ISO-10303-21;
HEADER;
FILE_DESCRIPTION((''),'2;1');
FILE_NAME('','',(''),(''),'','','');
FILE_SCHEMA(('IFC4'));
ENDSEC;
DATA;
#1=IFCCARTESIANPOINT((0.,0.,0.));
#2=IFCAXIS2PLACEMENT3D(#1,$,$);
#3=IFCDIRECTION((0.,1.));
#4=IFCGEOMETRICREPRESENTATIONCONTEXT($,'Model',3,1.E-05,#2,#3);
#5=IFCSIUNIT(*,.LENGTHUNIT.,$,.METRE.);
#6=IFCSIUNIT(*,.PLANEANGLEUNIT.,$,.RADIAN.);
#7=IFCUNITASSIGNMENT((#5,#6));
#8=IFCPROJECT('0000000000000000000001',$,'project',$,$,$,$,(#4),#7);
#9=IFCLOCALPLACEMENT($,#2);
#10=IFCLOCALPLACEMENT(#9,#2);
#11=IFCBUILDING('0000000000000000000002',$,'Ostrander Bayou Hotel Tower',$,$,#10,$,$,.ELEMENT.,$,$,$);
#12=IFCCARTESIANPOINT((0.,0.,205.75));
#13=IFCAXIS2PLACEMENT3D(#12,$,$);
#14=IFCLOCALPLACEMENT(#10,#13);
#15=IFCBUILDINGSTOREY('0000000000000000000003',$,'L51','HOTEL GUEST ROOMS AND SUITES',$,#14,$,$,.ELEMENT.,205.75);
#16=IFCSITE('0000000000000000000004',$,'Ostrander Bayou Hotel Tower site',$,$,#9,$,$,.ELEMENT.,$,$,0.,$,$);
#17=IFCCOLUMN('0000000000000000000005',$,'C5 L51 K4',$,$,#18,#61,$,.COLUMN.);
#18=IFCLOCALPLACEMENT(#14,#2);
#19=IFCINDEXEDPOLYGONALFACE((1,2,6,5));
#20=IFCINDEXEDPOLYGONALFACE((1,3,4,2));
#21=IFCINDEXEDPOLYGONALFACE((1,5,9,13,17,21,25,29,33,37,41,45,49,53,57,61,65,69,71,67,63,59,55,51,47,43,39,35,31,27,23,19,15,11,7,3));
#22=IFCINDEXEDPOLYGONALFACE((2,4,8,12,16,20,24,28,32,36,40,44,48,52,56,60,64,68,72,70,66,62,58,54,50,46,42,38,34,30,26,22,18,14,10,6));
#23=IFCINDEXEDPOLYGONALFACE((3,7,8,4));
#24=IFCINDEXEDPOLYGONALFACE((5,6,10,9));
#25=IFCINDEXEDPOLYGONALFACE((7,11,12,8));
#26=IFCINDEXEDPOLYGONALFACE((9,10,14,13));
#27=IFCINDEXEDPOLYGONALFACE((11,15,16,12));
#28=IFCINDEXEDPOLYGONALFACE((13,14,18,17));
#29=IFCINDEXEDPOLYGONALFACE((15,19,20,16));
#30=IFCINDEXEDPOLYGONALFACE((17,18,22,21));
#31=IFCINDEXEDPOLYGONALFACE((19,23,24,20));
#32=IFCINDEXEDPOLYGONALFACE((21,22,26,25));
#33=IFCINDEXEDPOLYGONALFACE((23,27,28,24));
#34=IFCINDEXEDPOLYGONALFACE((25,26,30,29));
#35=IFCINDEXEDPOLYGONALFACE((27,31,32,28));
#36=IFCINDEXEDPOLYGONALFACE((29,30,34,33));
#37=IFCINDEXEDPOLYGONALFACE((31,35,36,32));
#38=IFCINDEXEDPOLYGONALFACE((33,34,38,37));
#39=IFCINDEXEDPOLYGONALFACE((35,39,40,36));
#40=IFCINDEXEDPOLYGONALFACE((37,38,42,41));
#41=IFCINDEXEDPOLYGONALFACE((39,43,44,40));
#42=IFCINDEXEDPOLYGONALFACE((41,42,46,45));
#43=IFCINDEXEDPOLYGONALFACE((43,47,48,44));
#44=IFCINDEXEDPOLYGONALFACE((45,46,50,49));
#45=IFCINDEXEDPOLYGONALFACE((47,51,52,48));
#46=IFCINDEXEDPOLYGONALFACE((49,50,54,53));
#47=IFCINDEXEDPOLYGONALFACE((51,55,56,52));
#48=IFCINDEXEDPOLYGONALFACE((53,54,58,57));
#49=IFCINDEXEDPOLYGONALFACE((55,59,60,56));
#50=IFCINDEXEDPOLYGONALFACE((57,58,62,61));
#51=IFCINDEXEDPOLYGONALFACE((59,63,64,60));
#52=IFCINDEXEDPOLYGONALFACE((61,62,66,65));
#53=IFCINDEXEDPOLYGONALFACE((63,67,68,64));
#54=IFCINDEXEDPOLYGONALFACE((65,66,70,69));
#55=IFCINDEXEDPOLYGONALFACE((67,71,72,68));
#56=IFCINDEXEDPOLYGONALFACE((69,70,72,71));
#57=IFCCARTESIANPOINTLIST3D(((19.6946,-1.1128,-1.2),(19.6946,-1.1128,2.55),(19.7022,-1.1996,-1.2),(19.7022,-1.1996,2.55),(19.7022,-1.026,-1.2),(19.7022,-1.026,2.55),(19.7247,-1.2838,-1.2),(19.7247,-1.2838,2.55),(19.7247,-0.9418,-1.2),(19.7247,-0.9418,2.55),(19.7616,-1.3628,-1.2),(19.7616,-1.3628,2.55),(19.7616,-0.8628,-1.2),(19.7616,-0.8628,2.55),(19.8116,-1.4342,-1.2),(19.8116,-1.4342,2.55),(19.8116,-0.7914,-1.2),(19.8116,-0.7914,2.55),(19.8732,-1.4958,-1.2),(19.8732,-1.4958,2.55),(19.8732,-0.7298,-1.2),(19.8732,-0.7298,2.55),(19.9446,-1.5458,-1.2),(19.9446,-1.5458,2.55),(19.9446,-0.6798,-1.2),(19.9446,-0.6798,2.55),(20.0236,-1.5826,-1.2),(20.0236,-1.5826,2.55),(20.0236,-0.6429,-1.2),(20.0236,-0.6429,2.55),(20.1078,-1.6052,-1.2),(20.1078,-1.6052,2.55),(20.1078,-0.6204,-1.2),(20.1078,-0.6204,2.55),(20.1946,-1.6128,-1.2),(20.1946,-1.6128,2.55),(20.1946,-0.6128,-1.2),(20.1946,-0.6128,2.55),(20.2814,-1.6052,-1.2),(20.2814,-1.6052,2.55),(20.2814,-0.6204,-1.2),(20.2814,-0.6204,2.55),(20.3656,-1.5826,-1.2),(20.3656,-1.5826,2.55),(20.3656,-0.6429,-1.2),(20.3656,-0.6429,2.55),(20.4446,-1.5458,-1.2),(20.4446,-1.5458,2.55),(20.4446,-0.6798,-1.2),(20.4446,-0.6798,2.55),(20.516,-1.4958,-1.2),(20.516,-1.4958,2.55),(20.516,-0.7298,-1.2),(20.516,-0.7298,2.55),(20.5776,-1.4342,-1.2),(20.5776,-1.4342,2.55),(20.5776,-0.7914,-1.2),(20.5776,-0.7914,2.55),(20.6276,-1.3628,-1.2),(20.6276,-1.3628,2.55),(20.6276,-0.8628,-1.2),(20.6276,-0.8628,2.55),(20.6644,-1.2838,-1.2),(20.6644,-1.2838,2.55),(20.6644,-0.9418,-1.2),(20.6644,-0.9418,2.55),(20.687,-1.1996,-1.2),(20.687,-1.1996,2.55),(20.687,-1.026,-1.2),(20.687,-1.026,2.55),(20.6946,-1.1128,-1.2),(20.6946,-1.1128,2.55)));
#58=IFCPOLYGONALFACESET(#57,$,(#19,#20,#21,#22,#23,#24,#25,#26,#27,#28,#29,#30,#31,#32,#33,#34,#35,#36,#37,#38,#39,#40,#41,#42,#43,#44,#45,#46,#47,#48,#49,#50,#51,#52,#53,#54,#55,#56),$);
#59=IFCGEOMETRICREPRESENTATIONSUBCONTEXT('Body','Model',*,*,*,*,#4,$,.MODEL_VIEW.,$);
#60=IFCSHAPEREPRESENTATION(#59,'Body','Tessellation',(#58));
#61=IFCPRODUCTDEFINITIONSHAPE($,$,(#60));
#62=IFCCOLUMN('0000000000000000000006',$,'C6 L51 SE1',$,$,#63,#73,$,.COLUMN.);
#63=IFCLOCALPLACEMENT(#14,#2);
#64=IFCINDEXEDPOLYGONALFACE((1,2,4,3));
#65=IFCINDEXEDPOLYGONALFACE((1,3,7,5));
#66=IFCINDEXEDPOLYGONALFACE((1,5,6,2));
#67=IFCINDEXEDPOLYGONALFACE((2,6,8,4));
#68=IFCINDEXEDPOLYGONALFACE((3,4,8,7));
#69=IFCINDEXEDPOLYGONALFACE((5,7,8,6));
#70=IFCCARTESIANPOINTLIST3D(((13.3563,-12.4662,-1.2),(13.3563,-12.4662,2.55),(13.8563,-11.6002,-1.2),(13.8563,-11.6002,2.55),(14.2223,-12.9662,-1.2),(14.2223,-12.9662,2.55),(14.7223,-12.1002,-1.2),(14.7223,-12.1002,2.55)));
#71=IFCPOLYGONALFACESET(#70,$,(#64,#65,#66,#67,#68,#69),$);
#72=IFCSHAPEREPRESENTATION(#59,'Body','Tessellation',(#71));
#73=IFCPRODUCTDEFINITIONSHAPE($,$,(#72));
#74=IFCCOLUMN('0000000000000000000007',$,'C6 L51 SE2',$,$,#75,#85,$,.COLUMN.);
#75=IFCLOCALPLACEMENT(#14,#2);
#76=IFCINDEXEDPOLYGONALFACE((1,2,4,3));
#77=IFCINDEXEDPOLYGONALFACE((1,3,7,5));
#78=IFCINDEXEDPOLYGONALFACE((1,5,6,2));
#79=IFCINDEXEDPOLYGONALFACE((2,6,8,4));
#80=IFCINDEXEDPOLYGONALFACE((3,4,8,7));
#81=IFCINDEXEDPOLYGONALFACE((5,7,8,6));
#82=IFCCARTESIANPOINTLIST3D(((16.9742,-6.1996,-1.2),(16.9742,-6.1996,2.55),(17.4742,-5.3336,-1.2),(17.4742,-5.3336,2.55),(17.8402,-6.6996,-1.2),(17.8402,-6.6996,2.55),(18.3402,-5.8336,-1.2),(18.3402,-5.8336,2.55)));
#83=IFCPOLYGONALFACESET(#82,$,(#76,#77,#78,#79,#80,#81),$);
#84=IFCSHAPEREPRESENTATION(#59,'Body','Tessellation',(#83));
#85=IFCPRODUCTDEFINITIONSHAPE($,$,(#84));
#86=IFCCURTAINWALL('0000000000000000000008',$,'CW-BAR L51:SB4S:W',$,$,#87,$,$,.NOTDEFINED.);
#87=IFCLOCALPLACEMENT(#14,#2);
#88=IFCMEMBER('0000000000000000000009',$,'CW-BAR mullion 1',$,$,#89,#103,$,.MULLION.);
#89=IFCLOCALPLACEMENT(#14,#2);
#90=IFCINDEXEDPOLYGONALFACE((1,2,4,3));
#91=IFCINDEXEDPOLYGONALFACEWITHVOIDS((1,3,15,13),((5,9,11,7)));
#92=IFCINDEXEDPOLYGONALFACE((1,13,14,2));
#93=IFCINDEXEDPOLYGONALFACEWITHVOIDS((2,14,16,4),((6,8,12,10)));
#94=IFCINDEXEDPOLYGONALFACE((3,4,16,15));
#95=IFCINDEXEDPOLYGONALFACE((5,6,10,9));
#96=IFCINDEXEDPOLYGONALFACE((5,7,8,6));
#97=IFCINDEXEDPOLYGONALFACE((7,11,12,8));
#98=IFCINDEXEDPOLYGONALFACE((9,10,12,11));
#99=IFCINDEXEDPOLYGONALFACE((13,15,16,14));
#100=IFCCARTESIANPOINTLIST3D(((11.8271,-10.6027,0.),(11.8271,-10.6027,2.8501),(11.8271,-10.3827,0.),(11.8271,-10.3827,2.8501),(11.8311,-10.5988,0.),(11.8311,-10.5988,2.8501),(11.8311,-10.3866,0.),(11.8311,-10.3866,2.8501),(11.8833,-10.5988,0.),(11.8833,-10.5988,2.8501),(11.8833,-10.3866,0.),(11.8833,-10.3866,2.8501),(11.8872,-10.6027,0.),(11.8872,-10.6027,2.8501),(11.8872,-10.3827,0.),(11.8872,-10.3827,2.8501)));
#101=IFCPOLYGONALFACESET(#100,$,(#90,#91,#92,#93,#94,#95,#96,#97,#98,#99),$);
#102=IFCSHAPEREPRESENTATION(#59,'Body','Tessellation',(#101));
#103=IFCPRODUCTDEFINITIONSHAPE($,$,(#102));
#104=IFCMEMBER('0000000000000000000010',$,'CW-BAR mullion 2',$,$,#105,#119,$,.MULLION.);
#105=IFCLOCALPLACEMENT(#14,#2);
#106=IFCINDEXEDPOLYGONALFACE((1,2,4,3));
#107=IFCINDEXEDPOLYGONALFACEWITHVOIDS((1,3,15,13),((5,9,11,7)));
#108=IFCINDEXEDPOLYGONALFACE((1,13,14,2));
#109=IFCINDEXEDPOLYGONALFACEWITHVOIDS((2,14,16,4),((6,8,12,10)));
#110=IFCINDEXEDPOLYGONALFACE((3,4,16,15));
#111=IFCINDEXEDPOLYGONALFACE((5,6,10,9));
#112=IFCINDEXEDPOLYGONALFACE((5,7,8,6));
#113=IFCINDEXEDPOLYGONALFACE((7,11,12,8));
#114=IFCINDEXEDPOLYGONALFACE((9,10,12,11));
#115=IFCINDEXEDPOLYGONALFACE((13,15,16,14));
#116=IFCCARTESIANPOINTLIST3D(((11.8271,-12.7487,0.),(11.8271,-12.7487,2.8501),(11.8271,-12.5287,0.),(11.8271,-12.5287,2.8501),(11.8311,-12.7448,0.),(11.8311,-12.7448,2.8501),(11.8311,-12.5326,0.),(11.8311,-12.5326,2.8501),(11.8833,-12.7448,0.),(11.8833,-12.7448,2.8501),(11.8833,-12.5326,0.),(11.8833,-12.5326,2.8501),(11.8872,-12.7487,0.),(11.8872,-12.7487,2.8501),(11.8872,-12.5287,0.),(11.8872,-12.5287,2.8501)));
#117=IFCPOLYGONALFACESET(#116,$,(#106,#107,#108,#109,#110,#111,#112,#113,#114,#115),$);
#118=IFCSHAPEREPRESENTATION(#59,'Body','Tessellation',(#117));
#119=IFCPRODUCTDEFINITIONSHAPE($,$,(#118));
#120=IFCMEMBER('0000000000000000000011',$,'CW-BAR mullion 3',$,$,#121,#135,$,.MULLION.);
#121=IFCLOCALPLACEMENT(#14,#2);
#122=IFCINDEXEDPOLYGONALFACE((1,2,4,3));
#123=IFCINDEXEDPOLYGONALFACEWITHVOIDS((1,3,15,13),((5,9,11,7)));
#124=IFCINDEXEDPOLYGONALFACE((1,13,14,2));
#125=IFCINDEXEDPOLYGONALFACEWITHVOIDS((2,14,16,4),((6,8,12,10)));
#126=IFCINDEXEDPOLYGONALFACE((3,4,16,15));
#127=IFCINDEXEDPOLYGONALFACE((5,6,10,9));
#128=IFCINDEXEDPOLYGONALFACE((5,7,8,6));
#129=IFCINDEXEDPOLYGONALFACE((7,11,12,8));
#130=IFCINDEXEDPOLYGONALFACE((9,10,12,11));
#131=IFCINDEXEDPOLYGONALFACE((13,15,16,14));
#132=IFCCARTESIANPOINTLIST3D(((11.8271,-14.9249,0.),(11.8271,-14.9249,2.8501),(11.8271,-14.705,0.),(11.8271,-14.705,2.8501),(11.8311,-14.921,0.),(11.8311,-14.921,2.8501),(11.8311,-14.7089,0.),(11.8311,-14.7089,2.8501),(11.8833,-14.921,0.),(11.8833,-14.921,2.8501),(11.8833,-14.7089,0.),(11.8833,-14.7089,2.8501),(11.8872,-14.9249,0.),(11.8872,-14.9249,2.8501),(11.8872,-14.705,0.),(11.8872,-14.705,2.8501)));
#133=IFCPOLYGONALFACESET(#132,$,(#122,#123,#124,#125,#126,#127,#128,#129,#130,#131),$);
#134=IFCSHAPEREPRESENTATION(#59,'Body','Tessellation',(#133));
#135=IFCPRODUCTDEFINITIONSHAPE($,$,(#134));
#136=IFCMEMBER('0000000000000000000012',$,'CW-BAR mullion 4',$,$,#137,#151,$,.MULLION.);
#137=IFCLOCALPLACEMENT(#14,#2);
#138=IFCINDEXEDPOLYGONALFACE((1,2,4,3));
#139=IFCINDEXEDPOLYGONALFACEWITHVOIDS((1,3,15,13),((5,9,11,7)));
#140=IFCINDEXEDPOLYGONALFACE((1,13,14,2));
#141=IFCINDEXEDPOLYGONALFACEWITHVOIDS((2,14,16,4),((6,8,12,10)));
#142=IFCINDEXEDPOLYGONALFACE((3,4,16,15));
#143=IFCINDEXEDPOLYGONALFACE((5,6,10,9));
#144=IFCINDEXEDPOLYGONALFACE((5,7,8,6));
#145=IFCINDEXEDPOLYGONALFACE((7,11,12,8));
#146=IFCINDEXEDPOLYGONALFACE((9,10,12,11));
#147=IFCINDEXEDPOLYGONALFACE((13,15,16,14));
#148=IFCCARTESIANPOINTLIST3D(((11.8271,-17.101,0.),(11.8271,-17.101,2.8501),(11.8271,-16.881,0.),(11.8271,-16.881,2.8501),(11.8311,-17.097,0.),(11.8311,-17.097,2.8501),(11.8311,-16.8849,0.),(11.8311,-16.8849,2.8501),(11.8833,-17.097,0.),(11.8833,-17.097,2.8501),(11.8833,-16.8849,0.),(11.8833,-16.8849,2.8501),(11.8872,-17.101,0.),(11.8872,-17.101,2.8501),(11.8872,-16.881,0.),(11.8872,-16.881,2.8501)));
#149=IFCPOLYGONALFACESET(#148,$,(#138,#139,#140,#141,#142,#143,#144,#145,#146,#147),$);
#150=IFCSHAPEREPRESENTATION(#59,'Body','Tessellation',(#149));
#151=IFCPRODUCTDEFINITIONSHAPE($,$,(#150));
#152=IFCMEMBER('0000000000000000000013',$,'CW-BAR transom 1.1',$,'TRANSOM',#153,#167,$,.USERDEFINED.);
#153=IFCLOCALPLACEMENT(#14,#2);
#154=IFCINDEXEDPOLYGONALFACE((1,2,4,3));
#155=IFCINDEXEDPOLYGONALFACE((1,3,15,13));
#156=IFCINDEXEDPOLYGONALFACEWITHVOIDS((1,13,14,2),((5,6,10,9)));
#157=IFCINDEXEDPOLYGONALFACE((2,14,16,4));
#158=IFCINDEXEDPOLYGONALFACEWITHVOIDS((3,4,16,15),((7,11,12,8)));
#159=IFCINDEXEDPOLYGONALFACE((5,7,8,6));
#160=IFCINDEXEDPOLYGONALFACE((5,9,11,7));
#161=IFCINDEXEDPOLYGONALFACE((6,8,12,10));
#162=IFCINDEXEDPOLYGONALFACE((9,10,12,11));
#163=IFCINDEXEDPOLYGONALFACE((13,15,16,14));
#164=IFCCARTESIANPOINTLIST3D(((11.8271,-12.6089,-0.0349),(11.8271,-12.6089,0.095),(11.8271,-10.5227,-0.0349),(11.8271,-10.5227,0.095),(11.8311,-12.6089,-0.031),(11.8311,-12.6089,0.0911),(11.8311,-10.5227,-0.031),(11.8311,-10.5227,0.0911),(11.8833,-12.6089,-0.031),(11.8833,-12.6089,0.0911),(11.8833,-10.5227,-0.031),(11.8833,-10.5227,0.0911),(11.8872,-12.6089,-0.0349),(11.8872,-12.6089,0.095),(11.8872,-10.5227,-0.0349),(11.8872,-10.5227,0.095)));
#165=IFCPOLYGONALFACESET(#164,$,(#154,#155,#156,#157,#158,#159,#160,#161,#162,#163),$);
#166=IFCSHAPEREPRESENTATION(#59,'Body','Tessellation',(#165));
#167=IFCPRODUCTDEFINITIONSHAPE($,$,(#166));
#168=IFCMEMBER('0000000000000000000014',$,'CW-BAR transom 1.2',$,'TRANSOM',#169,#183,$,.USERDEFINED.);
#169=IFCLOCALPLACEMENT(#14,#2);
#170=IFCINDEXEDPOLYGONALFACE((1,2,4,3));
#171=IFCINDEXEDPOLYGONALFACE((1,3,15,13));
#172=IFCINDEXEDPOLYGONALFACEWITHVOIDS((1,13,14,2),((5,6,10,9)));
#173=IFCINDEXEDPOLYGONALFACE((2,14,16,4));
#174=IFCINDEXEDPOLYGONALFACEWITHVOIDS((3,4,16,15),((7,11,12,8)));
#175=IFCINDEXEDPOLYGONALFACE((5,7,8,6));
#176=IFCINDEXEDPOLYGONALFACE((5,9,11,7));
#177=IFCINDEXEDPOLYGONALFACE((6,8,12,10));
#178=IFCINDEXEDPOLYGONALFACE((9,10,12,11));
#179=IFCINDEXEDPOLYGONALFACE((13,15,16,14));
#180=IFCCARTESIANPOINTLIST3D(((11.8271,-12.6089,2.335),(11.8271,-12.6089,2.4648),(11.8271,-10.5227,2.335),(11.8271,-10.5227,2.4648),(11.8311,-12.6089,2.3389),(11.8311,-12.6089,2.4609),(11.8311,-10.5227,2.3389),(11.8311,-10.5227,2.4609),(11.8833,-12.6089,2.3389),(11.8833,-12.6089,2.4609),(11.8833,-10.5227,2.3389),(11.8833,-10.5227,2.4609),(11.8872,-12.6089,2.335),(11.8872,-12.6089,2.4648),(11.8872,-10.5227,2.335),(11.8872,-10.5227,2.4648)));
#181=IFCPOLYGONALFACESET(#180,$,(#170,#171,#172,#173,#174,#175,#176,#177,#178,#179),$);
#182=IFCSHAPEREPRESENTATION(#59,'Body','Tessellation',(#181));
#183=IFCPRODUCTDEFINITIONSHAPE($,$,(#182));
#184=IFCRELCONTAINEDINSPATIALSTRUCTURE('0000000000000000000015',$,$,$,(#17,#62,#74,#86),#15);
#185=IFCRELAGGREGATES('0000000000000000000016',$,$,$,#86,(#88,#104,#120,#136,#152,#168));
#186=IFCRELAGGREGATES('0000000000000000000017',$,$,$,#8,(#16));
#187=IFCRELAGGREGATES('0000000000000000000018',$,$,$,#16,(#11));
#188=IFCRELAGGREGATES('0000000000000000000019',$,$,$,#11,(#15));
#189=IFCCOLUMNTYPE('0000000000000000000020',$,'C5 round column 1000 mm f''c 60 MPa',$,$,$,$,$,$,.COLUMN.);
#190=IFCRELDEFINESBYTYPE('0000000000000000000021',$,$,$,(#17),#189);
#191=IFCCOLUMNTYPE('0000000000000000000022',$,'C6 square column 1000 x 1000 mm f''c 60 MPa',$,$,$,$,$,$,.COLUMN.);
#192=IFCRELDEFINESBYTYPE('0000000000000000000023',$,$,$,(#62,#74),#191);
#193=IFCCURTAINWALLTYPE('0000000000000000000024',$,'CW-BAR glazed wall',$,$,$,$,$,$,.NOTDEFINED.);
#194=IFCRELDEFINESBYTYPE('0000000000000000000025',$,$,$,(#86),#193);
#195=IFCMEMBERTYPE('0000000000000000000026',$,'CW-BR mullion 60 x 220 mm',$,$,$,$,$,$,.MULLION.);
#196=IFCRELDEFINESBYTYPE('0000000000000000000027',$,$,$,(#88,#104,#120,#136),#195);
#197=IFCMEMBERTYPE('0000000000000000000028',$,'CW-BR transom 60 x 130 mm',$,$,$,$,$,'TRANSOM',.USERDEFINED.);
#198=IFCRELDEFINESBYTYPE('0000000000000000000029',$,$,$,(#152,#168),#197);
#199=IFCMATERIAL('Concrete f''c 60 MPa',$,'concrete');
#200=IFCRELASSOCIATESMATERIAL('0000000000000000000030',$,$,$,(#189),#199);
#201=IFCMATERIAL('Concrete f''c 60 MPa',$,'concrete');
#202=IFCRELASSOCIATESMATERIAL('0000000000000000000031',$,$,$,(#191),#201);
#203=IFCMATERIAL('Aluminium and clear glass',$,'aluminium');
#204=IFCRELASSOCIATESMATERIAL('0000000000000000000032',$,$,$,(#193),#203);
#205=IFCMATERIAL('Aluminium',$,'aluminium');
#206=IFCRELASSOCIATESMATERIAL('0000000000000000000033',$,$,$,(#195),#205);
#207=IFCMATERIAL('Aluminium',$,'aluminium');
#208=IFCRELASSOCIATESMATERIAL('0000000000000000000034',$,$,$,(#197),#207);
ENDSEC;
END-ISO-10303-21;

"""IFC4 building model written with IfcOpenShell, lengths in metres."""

from ifc_helpers import new_model, si_unit, direction, frame, origin, origin_2d, place, context, subcontext, project, spatial, rectangle, hollow_rectangle, circle, extrude, material, material_profile, profile_set, type_object, element, aggregate, save


model = new_model("IFC4")

# Units and contexts
model_context = context("Model", 3, precision=1e-05, world=origin(), true_north=direction((0.0, 1.0)))
body_context = subcontext(model_context, "Body", "Model", "MODEL_VIEW")
ifc_project = project(units=[si_unit("LENGTHUNIT", "METRE"), si_unit("PLANEANGLEUNIT", "RADIAN")], contexts=[model_context])

# Site, building, storey
site_placement = place(None, origin())
site = spatial("IfcSite", under=ifc_project, at=site_placement, Name="Ostrander Bayou Hotel Tower site", CompositionType="ELEMENT", RefElevation=0.0)
building_placement = place(site_placement, origin())
building = spatial("IfcBuilding", under=site, at=building_placement, Name="Ostrander Bayou Hotel Tower", CompositionType="ELEMENT")
storey_placement = place(building_placement, frame((0.0, 0.0, 205.75)))
storey = spatial("IfcBuildingStorey", under=building, at=storey_placement, Name="L51", Description="HOTEL GUEST ROOMS AND SUITES", CompositionType="ELEMENT", Elevation=205.75)

# Columns
ifc_material_1 = material(Name="Concrete f'c 60 MPa", Category="concrete")
ifc_material_profile_1 = material_profile(ifc_material_1, circle(Radius=0.5, at=origin_2d()))
ifc_profile_set_1 = profile_set([ifc_material_profile_1], Name="Concrete f'c 60 MPa")
column_type_1 = type_object("IfcColumnType", Name="C5 round column 1000 mm f'c 60 MPa", PredefinedType="COLUMN", material=ifc_profile_set_1)
column_placement = place(storey_placement, frame((20.1946, -1.1128, -1.2), z_axis=(0.0, 0.0, 1.0), x_axis=(1.0, 0.0, 0.0)))
element("IfcColumn", 1, at=column_placement, inside=storey, type_object=column_type_1, Name="C5 L51 K4", PredefinedType="COLUMN", context=body_context, shape_type="SweptSolid", body=[
    extrude(circle(Radius=0.5, at=origin_2d()), origin(), (0.0, 0.0, 1.0), 3.75),
])
ifc_material_2 = material(Name="Concrete f'c 60 MPa", Category="concrete")
ifc_material_profile_2 = material_profile(ifc_material_2, rectangle(XDim=1.0, YDim=1.0, at=origin_2d()))
ifc_profile_set_2 = profile_set([ifc_material_profile_2], Name="Concrete f'c 60 MPa")
column_type_2 = type_object("IfcColumnType", Name="C6 square column 1000 x 1000 mm f'c 60 MPa", PredefinedType="COLUMN", material=ifc_profile_set_2)
for number, where, z_axis, x_axis, name in (
    (2, (14.0393, -12.2832, -1.2), (0.0, 0.0, 1.0), (-0.5, -0.866025, 0.0), "C6 L51 SE1"),
    (3, (17.6572, -6.0166, -1.2), (0.0, 0.0, 1.0), (-0.5, -0.866025, 0.0), "C6 L51 SE2"),
):
    element("IfcColumn", number, at=place(storey_placement, frame(where, z_axis=z_axis, x_axis=x_axis)), inside=storey, type_object=column_type_2, Name=name, PredefinedType="COLUMN", context=body_context, shape_type="SweptSolid", body=[
        extrude(rectangle(XDim=1.0, YDim=1.0, at=origin_2d()), origin(), (0.0, 0.0, 1.0), 3.75),
    ])

# Curtain wall, members
ifc_material_3 = material(Name="Aluminium and clear glass", Category="aluminium")
curtain_wall_type = type_object("IfcCurtainWallType", Name="CW-BAR glazed wall", PredefinedType="NOTDEFINED", material=ifc_material_3)
curtain_wall_placement = place(storey_placement, origin())
curtain_wall = element("IfcCurtainWall", 4, at=curtain_wall_placement, inside=storey, type_object=curtain_wall_type, Name="CW-BAR L51:SB4S:W", PredefinedType="NOTDEFINED")
ifc_material_4 = material(Name="Aluminium", Category="aluminium")
ifc_material_profile_3 = material_profile(ifc_material_4, hollow_rectangle(XDim=0.0601, YDim=0.22, WallThickness=0.0039, at=origin_2d()))
ifc_profile_set_3 = profile_set([ifc_material_profile_3], Name="Aluminium")
member_type_1 = type_object("IfcMemberType", Name="CW-BR mullion 60 x 220 mm", PredefinedType="MULLION", material=ifc_profile_set_3)
member_1_placement = place(storey_placement, frame((11.8572, -10.4927, 0.0), z_axis=(0.0, 0.0, 1.0), x_axis=(1.0, 0.0, 0.0)))
member_1 = element("IfcMember", 5, at=member_1_placement, type_object=member_type_1, Name="CW-BAR mullion 1", PredefinedType="MULLION", context=body_context, shape_type="SweptSolid", body=[
    extrude(hollow_rectangle(XDim=0.0601, YDim=0.22, WallThickness=0.0039, at=origin_2d()), origin(), (0.0, 0.0, 1.0), 2.8501),
])
member_2_placement = place(storey_placement, frame((11.8572, -12.6387, 0.0), z_axis=(0.0, 0.0, 1.0), x_axis=(1.0, 0.0, 0.0)))
member_2 = element("IfcMember", 6, at=member_2_placement, type_object=member_type_1, Name="CW-BAR mullion 2", PredefinedType="MULLION", context=body_context, shape_type="SweptSolid", body=[
    extrude(hollow_rectangle(XDim=0.0601, YDim=0.22, WallThickness=0.0039, at=origin_2d()), origin(), (0.0, 0.0, 1.0), 2.8501),
])
member_3_placement = place(storey_placement, frame((11.8572, -14.8149, 0.0), z_axis=(0.0, 0.0, 1.0), x_axis=(1.0, 0.0, 0.0)))
member_3 = element("IfcMember", 7, at=member_3_placement, type_object=member_type_1, Name="CW-BAR mullion 3", PredefinedType="MULLION", context=body_context, shape_type="SweptSolid", body=[
    extrude(hollow_rectangle(XDim=0.0601, YDim=0.22, WallThickness=0.0039, at=origin_2d()), origin(), (0.0, 0.0, 1.0), 2.8501),
])
member_4_placement = place(storey_placement, frame((11.8572, -16.991, 0.0), z_axis=(0.0, 0.0, 1.0), x_axis=(1.0, 0.0, 0.0)))
member_4 = element("IfcMember", 8, at=member_4_placement, type_object=member_type_1, Name="CW-BAR mullion 4", PredefinedType="MULLION", context=body_context, shape_type="SweptSolid", body=[
    extrude(hollow_rectangle(XDim=0.0601, YDim=0.22, WallThickness=0.0039, at=origin_2d()), origin(), (0.0, 0.0, 1.0), 2.8501),
])
ifc_material_5 = material(Name="Aluminium", Category="aluminium")
ifc_material_profile_4 = material_profile(ifc_material_5, hollow_rectangle(XDim=0.0601, YDim=0.1299, WallThickness=0.0039, at=origin_2d()))
ifc_profile_set_4 = profile_set([ifc_material_profile_4], Name="Aluminium")
member_type_2 = type_object("IfcMemberType", Name="CW-BR transom 60 x 130 mm", ElementType="TRANSOM", PredefinedType="USERDEFINED", material=ifc_profile_set_4)
member_5_placement = place(storey_placement, frame((11.8572, -10.5227, 0.03), z_axis=(0.0, -1.0, 0.0), x_axis=(1.0, 0.0, 0.0)))
member_5 = element("IfcMember", 9, at=member_5_placement, type_object=member_type_2, Name="CW-BAR transom 1.1", ObjectType="TRANSOM", PredefinedType="USERDEFINED", context=body_context, shape_type="SweptSolid", body=[
    extrude(hollow_rectangle(XDim=0.0601, YDim=0.1299, WallThickness=0.0039, at=origin_2d()), origin(), (0.0, 0.0, 1.0), 2.0862),
])
member_6_placement = place(storey_placement, frame((11.8572, -10.5227, 2.3999), z_axis=(0.0, -1.0, 0.0), x_axis=(1.0, 0.0, 0.0)))
member_6 = element("IfcMember", 10, at=member_6_placement, type_object=member_type_2, Name="CW-BAR transom 1.2", ObjectType="TRANSOM", PredefinedType="USERDEFINED", context=body_context, shape_type="SweptSolid", body=[
    extrude(hollow_rectangle(XDim=0.0601, YDim=0.1299, WallThickness=0.0039, at=origin_2d()), origin(), (0.0, 0.0, 1.0), 2.0862),
])

aggregate(curtain_wall, [member_1, member_2, member_3, member_4, member_5, member_6])

save(model, "model.ifc")
